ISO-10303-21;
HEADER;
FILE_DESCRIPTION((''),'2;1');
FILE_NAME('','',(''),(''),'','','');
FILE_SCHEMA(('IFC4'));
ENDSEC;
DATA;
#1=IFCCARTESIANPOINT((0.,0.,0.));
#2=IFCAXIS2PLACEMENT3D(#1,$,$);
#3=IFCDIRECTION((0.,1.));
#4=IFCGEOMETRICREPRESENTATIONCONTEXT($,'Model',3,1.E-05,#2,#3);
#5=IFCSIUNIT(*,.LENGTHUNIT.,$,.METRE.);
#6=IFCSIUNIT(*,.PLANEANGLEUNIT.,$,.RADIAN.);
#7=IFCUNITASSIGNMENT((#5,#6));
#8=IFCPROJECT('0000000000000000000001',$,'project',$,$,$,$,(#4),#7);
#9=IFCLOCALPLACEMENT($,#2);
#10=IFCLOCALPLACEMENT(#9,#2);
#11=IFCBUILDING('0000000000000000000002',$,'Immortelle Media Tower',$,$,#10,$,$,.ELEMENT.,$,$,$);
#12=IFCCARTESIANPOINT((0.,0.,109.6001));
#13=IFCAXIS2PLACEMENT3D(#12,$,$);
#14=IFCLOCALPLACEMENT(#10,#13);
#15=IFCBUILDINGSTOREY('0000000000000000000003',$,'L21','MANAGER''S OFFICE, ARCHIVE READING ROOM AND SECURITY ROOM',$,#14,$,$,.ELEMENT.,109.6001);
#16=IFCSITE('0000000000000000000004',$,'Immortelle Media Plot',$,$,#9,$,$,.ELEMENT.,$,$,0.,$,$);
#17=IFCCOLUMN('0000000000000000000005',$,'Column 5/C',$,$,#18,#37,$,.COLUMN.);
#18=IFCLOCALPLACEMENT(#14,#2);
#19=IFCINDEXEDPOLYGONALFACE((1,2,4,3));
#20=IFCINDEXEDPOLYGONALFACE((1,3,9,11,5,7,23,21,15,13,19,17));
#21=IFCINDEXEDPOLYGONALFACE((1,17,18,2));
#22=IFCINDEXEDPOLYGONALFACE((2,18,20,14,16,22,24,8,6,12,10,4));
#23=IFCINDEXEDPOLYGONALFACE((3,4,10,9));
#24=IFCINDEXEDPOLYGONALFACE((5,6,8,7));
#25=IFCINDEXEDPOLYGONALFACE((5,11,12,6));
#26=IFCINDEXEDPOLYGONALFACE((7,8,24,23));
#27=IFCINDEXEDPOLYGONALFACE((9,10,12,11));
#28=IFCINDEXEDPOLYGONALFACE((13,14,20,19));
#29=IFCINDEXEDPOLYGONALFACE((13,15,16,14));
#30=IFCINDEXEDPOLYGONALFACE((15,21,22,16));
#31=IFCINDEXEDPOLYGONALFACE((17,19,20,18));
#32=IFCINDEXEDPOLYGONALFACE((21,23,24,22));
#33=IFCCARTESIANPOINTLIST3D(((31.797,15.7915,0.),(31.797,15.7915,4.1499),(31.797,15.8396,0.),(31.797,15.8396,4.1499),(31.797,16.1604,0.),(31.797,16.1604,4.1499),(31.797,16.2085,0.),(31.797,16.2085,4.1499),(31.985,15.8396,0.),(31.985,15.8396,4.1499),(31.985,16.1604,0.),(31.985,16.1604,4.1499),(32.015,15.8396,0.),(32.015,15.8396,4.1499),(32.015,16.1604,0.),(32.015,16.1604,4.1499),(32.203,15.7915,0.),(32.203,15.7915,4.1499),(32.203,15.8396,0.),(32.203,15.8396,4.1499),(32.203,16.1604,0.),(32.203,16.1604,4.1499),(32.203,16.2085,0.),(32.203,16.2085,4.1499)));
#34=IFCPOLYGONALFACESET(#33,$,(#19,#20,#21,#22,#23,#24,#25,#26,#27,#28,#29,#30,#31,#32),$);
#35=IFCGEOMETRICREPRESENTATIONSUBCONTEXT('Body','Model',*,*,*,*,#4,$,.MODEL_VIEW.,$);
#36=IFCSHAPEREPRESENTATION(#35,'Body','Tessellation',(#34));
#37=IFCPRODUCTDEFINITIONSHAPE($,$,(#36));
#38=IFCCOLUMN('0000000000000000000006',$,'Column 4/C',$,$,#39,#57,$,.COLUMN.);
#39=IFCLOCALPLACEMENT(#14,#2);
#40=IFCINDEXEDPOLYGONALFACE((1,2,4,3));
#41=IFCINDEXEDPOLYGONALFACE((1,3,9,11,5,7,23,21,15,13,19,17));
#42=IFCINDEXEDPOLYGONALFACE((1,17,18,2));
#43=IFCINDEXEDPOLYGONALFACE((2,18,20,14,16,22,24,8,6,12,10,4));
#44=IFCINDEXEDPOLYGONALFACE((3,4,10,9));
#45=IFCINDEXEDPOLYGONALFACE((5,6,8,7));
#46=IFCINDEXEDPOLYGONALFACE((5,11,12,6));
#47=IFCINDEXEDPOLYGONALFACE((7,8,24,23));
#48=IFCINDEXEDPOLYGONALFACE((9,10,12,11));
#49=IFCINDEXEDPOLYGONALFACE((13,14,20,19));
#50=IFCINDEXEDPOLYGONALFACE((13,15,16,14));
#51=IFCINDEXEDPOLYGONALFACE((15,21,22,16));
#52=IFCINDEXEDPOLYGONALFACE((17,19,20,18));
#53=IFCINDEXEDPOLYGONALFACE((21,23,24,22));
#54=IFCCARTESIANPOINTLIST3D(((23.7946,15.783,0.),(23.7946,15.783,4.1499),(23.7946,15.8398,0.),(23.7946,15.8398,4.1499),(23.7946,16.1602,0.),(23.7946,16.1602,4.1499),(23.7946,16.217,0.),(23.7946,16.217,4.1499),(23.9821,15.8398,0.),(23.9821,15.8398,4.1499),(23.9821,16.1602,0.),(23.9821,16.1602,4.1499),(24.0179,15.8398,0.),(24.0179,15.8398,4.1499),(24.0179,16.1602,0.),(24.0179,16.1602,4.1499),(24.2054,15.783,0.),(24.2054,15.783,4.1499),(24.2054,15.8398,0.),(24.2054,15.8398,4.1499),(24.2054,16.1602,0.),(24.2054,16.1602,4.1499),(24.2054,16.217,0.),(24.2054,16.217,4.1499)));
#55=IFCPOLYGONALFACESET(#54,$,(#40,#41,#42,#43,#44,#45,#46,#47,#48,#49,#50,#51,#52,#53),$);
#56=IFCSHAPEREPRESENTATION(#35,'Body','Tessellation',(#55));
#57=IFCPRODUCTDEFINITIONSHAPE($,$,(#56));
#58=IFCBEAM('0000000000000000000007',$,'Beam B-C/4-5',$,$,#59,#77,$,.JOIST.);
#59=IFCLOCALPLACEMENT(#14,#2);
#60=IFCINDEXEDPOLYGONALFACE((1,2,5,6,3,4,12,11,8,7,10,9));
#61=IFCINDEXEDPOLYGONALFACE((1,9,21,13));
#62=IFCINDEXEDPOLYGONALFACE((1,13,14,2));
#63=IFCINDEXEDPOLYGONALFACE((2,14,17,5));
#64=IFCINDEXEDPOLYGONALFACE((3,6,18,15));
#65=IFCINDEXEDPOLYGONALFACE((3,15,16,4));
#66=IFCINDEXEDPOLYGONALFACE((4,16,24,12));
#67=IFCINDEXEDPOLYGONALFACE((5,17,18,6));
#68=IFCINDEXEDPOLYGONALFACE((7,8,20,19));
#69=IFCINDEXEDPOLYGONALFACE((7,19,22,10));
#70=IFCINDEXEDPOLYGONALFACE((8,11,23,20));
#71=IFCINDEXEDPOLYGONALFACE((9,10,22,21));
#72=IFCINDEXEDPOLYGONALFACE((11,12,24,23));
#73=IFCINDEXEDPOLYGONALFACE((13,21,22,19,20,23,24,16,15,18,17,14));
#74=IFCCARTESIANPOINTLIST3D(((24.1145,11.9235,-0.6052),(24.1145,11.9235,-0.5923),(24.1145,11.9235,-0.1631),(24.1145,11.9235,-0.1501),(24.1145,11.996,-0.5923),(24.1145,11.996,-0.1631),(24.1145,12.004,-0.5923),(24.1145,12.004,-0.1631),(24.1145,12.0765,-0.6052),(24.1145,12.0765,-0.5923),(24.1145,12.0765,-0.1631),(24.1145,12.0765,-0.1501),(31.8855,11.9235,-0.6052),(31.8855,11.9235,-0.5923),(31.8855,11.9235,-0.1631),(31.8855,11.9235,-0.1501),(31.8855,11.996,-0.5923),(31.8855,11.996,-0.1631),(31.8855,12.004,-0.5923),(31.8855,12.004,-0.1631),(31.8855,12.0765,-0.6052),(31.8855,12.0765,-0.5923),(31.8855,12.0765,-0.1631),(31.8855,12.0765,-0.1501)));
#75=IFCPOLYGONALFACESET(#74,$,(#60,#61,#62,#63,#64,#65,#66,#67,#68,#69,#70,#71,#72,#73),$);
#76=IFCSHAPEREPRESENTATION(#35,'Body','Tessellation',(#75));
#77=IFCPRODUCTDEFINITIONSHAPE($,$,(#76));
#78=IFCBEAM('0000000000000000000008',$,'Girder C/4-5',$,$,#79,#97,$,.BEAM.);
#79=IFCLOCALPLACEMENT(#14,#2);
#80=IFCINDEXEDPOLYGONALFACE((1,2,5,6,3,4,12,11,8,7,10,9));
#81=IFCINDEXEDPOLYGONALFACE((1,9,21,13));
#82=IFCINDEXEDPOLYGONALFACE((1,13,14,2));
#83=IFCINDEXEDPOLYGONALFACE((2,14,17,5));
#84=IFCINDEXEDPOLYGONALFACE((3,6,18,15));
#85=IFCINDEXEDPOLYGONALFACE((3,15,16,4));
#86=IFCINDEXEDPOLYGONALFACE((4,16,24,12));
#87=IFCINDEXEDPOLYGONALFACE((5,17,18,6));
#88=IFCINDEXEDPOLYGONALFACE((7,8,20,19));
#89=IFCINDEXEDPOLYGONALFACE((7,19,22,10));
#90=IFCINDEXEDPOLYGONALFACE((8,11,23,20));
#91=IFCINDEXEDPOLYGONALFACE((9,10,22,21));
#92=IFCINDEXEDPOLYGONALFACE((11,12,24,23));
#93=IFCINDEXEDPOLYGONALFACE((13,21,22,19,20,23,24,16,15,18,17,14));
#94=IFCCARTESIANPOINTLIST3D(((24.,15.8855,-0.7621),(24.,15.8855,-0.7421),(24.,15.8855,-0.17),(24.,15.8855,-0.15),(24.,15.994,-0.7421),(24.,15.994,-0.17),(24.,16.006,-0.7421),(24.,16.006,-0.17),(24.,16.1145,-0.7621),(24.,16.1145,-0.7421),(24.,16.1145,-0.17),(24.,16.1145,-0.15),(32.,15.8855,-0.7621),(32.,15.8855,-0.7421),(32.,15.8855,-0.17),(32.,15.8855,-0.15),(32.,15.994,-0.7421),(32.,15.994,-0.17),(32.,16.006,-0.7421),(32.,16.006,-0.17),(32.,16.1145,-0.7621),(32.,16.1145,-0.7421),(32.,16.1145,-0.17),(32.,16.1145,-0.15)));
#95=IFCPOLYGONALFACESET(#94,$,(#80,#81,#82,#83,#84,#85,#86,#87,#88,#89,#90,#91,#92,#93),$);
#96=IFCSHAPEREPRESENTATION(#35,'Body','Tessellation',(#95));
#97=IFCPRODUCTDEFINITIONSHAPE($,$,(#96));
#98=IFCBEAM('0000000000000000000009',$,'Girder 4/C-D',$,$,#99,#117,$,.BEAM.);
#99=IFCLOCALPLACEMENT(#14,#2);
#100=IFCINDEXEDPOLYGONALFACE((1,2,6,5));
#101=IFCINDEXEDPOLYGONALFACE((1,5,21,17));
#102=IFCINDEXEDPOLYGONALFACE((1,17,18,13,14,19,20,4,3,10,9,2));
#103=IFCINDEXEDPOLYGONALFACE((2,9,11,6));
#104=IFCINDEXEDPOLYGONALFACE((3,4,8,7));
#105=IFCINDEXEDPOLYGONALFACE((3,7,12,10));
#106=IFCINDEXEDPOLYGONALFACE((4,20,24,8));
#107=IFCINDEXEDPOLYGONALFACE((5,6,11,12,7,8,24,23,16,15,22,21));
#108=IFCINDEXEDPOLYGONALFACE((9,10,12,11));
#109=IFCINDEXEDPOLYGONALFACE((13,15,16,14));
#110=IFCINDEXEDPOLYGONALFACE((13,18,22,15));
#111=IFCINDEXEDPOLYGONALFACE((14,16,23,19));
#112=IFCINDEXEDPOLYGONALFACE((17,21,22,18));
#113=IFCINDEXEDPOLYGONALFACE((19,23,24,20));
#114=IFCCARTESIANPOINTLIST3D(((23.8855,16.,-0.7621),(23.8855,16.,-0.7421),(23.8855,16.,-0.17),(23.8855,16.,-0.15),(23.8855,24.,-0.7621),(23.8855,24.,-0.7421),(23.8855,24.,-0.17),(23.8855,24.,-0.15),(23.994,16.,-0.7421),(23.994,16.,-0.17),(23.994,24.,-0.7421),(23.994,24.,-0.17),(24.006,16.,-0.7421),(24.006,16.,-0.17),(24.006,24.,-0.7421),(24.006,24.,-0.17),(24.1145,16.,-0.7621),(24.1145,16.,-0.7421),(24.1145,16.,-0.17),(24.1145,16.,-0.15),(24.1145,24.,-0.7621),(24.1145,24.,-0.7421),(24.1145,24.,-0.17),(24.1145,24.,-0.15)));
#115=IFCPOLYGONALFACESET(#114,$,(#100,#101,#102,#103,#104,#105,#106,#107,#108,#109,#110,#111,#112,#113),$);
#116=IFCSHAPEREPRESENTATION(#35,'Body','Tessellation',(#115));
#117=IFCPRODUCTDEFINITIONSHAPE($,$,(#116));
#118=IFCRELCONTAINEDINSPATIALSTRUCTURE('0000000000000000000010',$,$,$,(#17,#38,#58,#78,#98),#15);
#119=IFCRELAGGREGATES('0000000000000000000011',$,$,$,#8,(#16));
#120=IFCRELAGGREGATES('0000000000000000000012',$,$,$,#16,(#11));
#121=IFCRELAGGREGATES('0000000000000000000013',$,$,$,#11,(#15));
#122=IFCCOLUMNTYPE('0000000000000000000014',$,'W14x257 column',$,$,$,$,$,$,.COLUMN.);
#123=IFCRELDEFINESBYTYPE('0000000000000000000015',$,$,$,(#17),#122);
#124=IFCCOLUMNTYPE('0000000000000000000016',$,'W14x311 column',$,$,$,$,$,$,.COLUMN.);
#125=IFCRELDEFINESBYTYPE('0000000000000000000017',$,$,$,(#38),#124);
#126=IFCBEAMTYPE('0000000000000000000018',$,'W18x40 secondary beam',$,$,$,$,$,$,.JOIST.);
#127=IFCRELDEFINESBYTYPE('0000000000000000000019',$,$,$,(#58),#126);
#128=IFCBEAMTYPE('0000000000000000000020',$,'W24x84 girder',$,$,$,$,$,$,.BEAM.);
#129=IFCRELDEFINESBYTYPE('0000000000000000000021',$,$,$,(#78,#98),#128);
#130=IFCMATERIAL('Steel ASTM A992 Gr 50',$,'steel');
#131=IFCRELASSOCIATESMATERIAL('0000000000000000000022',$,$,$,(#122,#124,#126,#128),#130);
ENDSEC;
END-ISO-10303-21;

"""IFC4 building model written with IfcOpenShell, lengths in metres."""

from ifc_helpers import new_model, si_unit, direction, frame, origin, origin_2d, place, context, subcontext, project, spatial, i_section, extrude, material, material_profile, profile_set, type_object, element, save


model = new_model("IFC4")

# Units and contexts
model_context = context("Model", 3, precision=1e-05, world=origin(), true_north=direction((0.0, 1.0)))
body_context = subcontext(model_context, "Body", "Model", "MODEL_VIEW")
ifc_project = project(units=[si_unit("LENGTHUNIT", "METRE"), si_unit("PLANEANGLEUNIT", "RADIAN")], contexts=[model_context])

# Site, building, storey
site_placement = place(None, origin())
site = spatial("IfcSite", under=ifc_project, at=site_placement, Name="Immortelle Media Plot", CompositionType="ELEMENT", RefElevation=0.0)
building_placement = place(site_placement, origin())
building = spatial("IfcBuilding", under=site, at=building_placement, Name="Immortelle Media Tower", CompositionType="ELEMENT")
storey_placement = place(building_placement, frame((0.0, 0.0, 109.6001)))
storey = spatial("IfcBuildingStorey", under=building, at=storey_placement, Name="L21", Description="MANAGER'S OFFICE, ARCHIVE READING ROOM AND SECURITY ROOM", CompositionType="ELEMENT", Elevation=109.6001)

# Columns
ifc_material_1 = material(Name="Steel ASTM A992 Gr 50", Category="steel")
ifc_material_profile_1 = material_profile(ifc_material_1, i_section(OverallWidth=0.406, OverallDepth=0.417, WebThickness=0.03, FlangeThickness=0.0481, at=origin_2d()), Name="W14x257")
ifc_profile_set_1 = profile_set([ifc_material_profile_1], Name="Steel ASTM A992 Gr 50")
column_type_1 = type_object("IfcColumnType", Name="W14x257 column", PredefinedType="COLUMN", material=ifc_profile_set_1)
column_1_placement = place(storey_placement, frame((32.0, 16.0, 0.0), z_axis=(0.0, 0.0, 1.0), x_axis=(1.0, 0.0, 0.0)))
element("IfcColumn", 1, at=column_1_placement, inside=storey, type_object=column_type_1, Name="Column 5/C", PredefinedType="COLUMN", context=body_context, shape_type="SweptSolid", body=[
    extrude(i_section(OverallWidth=0.406, OverallDepth=0.417, WebThickness=0.03, FlangeThickness=0.0481, at=origin_2d()), origin(), (0.0, 0.0, 1.0), 4.1499),
])
ifc_material_profile_2 = material_profile(ifc_material_1, i_section(OverallWidth=0.4109, OverallDepth=0.4341, WebThickness=0.0359, FlangeThickness=0.0569, at=origin_2d()), Name="W14x311")
ifc_profile_set_2 = profile_set([ifc_material_profile_2], Name="Steel ASTM A992 Gr 50")
column_type_2 = type_object("IfcColumnType", Name="W14x311 column", PredefinedType="COLUMN", material=ifc_profile_set_2)
column_2_placement = place(storey_placement, frame((24.0, 16.0, 0.0), z_axis=(0.0, 0.0, 1.0), x_axis=(1.0, 0.0, 0.0)))
element("IfcColumn", 2, at=column_2_placement, inside=storey, type_object=column_type_2, Name="Column 4/C", PredefinedType="COLUMN", context=body_context, shape_type="SweptSolid", body=[
    extrude(i_section(OverallWidth=0.4109, OverallDepth=0.4341, WebThickness=0.0359, FlangeThickness=0.0569, at=origin_2d()), origin(), (0.0, 0.0, 1.0), 4.1499),
])

# Beams
ifc_material_profile_3 = material_profile(ifc_material_1, i_section(OverallWidth=0.1531, OverallDepth=0.4551, WebThickness=0.0081, FlangeThickness=0.0129, at=origin_2d()), Name="W18x40")
ifc_profile_set_3 = profile_set([ifc_material_profile_3], Name="Steel ASTM A992 Gr 50")
beam_type_1 = type_object("IfcBeamType", Name="W18x40 secondary beam", PredefinedType="JOIST", material=ifc_profile_set_3)
beam_placement = place(storey_placement, frame((24.1145, 12.0, -0.3777), z_axis=(1.0, 0.0, 0.0), x_axis=(0.0, 1.0, 0.0)))
element("IfcBeam", 3, at=beam_placement, inside=storey, type_object=beam_type_1, Name="Beam B-C/4-5", PredefinedType="JOIST", context=body_context, shape_type="SweptSolid", body=[
    extrude(i_section(OverallWidth=0.1531, OverallDepth=0.4551, WebThickness=0.0081, FlangeThickness=0.0129, at=origin_2d()), origin(), (0.0, 0.0, 1.0), 7.771),
])
ifc_material_profile_4 = material_profile(ifc_material_1, i_section(OverallWidth=0.229, OverallDepth=0.6121, WebThickness=0.012, FlangeThickness=0.02, at=origin_2d()), Name="W24x84")
ifc_profile_set_4 = profile_set([ifc_material_profile_4], Name="Steel ASTM A992 Gr 50")
beam_type_2 = type_object("IfcBeamType", Name="W24x84 girder", PredefinedType="BEAM", material=ifc_profile_set_4)
for number, where, z_axis, x_axis, name in (
    (4, (24.0, 16.0, -0.4561), (1.0, 0.0, 0.0), (0.0, 1.0, 0.0), "Girder C/4-5"),
    (5, (24.0, 16.0, -0.4561), (0.0, 1.0, 0.0), (-1.0, 0.0, 0.0), "Girder 4/C-D"),
):
    element("IfcBeam", number, at=place(storey_placement, frame(where, z_axis=z_axis, x_axis=x_axis)), inside=storey, type_object=beam_type_2, Name=name, PredefinedType="BEAM", context=body_context, shape_type="SweptSolid", body=[
        extrude(i_section(OverallWidth=0.229, OverallDepth=0.6121, WebThickness=0.012, FlangeThickness=0.02, at=origin_2d()), origin(), (0.0, 0.0, 1.0), 8.0),
    ])

save(model, "model.ifc")
